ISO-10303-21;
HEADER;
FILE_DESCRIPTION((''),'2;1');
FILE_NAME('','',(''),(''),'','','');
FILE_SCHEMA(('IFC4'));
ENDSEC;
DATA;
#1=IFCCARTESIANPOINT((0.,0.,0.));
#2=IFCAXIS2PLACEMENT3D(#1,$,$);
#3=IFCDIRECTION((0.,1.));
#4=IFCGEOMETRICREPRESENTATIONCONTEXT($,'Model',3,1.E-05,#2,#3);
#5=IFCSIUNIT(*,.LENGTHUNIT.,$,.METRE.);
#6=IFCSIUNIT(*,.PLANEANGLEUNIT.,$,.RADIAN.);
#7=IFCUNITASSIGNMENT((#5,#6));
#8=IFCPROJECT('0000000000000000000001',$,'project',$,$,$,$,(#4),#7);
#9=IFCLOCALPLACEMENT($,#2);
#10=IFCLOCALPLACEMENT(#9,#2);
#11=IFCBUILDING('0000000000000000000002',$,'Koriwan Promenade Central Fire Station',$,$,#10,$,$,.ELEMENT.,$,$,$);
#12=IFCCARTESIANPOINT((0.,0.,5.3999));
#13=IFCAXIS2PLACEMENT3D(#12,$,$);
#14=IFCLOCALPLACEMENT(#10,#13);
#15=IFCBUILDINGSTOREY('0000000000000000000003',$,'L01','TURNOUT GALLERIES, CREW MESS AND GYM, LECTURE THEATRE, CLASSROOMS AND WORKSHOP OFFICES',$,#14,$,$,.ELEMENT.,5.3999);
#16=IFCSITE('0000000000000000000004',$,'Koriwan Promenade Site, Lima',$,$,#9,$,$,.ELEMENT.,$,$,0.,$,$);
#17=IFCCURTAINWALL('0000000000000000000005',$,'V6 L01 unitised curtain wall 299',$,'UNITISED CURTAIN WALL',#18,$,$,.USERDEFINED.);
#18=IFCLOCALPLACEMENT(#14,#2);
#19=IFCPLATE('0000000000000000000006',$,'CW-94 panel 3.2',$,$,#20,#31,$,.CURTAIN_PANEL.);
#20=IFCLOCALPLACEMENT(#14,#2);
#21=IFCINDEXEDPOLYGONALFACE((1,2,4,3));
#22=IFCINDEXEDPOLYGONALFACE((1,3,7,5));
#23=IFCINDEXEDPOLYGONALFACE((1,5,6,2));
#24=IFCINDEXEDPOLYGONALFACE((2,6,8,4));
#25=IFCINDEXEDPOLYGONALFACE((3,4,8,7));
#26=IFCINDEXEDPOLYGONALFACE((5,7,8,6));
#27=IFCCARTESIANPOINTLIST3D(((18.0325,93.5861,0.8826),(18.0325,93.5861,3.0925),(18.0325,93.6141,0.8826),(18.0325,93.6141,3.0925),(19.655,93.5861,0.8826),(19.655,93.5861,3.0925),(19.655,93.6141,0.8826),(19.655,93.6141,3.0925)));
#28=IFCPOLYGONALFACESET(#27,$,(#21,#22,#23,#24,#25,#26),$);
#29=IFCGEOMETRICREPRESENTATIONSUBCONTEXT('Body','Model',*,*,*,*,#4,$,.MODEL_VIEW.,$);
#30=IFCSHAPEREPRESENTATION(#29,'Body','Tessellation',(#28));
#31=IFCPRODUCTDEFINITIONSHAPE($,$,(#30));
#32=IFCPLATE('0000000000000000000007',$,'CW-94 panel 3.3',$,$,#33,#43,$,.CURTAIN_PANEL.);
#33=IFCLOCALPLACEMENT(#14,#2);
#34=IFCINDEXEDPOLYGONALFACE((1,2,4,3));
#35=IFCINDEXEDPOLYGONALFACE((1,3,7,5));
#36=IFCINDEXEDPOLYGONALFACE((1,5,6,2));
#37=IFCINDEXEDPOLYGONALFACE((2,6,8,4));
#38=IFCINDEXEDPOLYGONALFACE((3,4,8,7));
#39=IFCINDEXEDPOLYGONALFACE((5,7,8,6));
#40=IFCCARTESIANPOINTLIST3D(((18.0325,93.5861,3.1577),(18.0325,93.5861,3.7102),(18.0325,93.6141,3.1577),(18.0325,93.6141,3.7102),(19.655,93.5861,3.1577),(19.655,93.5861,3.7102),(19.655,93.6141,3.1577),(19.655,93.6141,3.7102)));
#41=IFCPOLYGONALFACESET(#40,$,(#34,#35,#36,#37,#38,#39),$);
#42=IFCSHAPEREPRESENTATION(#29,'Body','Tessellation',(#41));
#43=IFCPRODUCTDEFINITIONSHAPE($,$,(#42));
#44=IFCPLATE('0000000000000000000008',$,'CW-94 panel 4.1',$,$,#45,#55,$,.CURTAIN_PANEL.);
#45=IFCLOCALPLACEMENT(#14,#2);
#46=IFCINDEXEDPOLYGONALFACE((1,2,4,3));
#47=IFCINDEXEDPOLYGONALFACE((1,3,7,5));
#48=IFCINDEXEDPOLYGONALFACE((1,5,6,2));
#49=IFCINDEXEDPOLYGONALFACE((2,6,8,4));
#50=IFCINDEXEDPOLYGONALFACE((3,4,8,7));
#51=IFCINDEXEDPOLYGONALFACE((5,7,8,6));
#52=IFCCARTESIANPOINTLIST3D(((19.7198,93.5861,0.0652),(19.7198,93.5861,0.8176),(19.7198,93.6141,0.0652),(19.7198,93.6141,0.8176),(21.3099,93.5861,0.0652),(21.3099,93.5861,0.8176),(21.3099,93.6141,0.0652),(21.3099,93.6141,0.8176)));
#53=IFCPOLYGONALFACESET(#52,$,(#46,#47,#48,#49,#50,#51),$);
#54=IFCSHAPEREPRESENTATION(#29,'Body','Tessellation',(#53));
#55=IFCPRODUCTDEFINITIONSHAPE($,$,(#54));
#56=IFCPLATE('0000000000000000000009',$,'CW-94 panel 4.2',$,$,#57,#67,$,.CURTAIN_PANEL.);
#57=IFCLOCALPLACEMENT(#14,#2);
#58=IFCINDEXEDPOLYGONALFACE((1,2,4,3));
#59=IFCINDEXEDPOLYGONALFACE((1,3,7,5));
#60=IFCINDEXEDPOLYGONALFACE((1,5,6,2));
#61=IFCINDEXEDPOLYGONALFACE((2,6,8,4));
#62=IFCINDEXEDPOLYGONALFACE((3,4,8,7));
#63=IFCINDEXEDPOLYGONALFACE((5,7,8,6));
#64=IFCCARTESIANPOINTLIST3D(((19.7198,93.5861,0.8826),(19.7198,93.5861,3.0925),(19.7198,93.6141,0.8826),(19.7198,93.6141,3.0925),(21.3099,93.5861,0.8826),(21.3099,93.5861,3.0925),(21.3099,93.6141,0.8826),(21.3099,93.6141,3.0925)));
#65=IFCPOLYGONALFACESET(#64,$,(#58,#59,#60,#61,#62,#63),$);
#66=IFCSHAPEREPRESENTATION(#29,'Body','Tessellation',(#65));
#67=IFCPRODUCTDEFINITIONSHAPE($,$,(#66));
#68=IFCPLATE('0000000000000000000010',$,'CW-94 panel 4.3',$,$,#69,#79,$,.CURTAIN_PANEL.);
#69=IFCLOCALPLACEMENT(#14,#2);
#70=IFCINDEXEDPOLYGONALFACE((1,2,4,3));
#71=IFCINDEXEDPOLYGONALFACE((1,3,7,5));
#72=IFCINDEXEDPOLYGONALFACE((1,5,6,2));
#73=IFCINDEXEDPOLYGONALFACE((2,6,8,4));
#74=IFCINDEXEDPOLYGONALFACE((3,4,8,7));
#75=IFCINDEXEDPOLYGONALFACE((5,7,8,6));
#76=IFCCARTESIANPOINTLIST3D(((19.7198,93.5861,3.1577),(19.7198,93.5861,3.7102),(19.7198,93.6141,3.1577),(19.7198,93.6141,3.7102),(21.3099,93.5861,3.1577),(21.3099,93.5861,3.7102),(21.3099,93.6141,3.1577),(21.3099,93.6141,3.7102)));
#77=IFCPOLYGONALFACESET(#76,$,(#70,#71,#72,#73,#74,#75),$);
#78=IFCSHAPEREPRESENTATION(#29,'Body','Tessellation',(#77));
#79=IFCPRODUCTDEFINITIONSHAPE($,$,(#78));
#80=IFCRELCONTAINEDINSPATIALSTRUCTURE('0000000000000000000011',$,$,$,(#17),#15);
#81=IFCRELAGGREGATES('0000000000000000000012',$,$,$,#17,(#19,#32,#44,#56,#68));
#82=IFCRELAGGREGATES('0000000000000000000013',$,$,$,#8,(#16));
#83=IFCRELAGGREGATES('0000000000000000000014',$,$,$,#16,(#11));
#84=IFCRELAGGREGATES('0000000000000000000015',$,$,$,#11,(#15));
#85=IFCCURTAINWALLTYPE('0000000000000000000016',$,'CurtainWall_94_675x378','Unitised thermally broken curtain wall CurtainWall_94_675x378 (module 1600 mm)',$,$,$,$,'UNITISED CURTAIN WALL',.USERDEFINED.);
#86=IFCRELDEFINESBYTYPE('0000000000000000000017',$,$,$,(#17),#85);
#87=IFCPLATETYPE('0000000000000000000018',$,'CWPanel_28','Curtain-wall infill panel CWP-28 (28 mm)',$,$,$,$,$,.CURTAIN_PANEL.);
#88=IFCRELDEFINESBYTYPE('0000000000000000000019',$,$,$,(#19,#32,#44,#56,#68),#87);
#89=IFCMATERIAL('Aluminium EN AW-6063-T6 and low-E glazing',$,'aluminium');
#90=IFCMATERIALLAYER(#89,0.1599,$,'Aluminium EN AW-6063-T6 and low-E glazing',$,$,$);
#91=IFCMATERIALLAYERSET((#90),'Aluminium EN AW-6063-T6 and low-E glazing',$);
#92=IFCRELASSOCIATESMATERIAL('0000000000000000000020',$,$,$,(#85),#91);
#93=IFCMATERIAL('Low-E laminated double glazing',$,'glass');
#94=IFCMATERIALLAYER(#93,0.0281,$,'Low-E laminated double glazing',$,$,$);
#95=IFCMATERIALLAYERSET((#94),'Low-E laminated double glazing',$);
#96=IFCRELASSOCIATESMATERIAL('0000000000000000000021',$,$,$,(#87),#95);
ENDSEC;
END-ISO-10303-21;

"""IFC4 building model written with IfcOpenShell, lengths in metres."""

from ifc_helpers import new_model, si_unit, direction, frame, origin, origin_2d, place, context, subcontext, project, spatial, rectangle, extrude, material, layer, layer_set, type_object, element, aggregate, save


model = new_model("IFC4")

# Units and contexts
model_context = context("Model", 3, precision=1e-05, world=origin(), true_north=direction((0.0, 1.0)))
body_context = subcontext(model_context, "Body", "Model", "MODEL_VIEW")
ifc_project = project(units=[si_unit("LENGTHUNIT", "METRE"), si_unit("PLANEANGLEUNIT", "RADIAN")], contexts=[model_context])

# Site, building, storey
site_placement = place(None, origin())
site = spatial("IfcSite", under=ifc_project, at=site_placement, Name="Koriwan Promenade Site, Lima", CompositionType="ELEMENT", RefElevation=0.0)
building_placement = place(site_placement, origin())
building = spatial("IfcBuilding", under=site, at=building_placement, Name="Koriwan Promenade Central Fire Station", CompositionType="ELEMENT")
storey_placement = place(building_placement, frame((0.0, 0.0, 5.3999)))
storey = spatial("IfcBuildingStorey", under=building, at=storey_placement, Name="L01", Description="TURNOUT GALLERIES, CREW MESS AND GYM, LECTURE THEATRE, CLASSROOMS AND WORKSHOP OFFICES", CompositionType="ELEMENT", Elevation=5.3999)

# Curtain wall, plates
ifc_material_1 = material(Name="Aluminium EN AW-6063-T6 and low-E glazing", Category="aluminium")
ifc_layer_1 = layer(ifc_material_1, 0.1599, Name="Aluminium EN AW-6063-T6 and low-E glazing")
ifc_layer_set_1 = layer_set([ifc_layer_1], Name="Aluminium EN AW-6063-T6 and low-E glazing")
curtain_wall_type = type_object("IfcCurtainWallType", Name="CurtainWall_94_675x378", Description="Unitised thermally broken curtain wall CurtainWall_94_675x378 (module 1600 mm)", ElementType="UNITISED CURTAIN WALL", PredefinedType="USERDEFINED", material=ifc_layer_set_1)
curtain_wall_placement = place(storey_placement, origin())
curtain_wall = element("IfcCurtainWall", 1, at=curtain_wall_placement, inside=storey, type_object=curtain_wall_type, Name="V6 L01 unitised curtain wall 299", ObjectType="UNITISED CURTAIN WALL", PredefinedType="USERDEFINED")
ifc_material_2 = material(Name="Low-E laminated double glazing", Category="glass")
ifc_layer_2 = layer(ifc_material_2, 0.0281, Name="Low-E laminated double glazing")
ifc_layer_set_2 = layer_set([ifc_layer_2], Name="Low-E laminated double glazing")
plate_type = type_object("IfcPlateType", Name="CWPanel_28", Description="Curtain-wall infill panel CWP-28 (28 mm)", PredefinedType="CURTAIN_PANEL", material=ifc_layer_set_2)
plate_1_placement = place(storey_placement, frame((18.8438, 93.6001, 0.8826), z_axis=(0.0, 0.0, 1.0), x_axis=(1.0, 0.0, 0.0)))
plate_1 = element("IfcPlate", 2, at=plate_1_placement, type_object=plate_type, Name="CW-94 panel 3.2", PredefinedType="CURTAIN_PANEL", context=body_context, shape_type="SweptSolid", body=[
    extrude(rectangle(XDim=1.6226, YDim=0.0281, at=origin_2d()), origin(), (0.0, 0.0, 1.0), 2.21),
])
plate_2_placement = place(storey_placement, frame((18.8438, 93.6001, 3.1577), z_axis=(0.0, 0.0, 1.0), x_axis=(1.0, 0.0, 0.0)))
plate_2 = element("IfcPlate", 3, at=plate_2_placement, type_object=plate_type, Name="CW-94 panel 3.3", PredefinedType="CURTAIN_PANEL", context=body_context, shape_type="SweptSolid", body=[
    extrude(rectangle(XDim=1.6226, YDim=0.0281, at=origin_2d()), origin(), (0.0, 0.0, 1.0), 0.5525),
])
plate_3_placement = place(storey_placement, frame((20.5149, 93.6001, 0.0652), z_axis=(0.0, 0.0, 1.0), x_axis=(1.0, 0.0, 0.0)))
plate_3 = element("IfcPlate", 4, at=plate_3_placement, type_object=plate_type, Name="CW-94 panel 4.1", PredefinedType="CURTAIN_PANEL", context=body_context, shape_type="SweptSolid", body=[
    extrude(rectangle(XDim=1.5901, YDim=0.0281, at=origin_2d()), origin(), (0.0, 0.0, 1.0), 0.7524),
])
plate_4_placement = place(storey_placement, frame((20.5149, 93.6001, 0.8826), z_axis=(0.0, 0.0, 1.0), x_axis=(1.0, 0.0, 0.0)))
plate_4 = element("IfcPlate", 5, at=plate_4_placement, type_object=plate_type, Name="CW-94 panel 4.2", PredefinedType="CURTAIN_PANEL", context=body_context, shape_type="SweptSolid", body=[
    extrude(rectangle(XDim=1.5901, YDim=0.0281, at=origin_2d()), origin(), (0.0, 0.0, 1.0), 2.21),
])
plate_5_placement = place(storey_placement, frame((20.5149, 93.6001, 3.1577), z_axis=(0.0, 0.0, 1.0), x_axis=(1.0, 0.0, 0.0)))
plate_5 = element("IfcPlate", 6, at=plate_5_placement, type_object=plate_type, Name="CW-94 panel 4.3", PredefinedType="CURTAIN_PANEL", context=body_context, shape_type="SweptSolid", body=[
    extrude(rectangle(XDim=1.5901, YDim=0.0281, at=origin_2d()), origin(), (0.0, 0.0, 1.0), 0.5525),
])
aggregate(curtain_wall, [plate_1, plate_2, plate_3, plate_4, plate_5])

save(model, "model.ifc")
